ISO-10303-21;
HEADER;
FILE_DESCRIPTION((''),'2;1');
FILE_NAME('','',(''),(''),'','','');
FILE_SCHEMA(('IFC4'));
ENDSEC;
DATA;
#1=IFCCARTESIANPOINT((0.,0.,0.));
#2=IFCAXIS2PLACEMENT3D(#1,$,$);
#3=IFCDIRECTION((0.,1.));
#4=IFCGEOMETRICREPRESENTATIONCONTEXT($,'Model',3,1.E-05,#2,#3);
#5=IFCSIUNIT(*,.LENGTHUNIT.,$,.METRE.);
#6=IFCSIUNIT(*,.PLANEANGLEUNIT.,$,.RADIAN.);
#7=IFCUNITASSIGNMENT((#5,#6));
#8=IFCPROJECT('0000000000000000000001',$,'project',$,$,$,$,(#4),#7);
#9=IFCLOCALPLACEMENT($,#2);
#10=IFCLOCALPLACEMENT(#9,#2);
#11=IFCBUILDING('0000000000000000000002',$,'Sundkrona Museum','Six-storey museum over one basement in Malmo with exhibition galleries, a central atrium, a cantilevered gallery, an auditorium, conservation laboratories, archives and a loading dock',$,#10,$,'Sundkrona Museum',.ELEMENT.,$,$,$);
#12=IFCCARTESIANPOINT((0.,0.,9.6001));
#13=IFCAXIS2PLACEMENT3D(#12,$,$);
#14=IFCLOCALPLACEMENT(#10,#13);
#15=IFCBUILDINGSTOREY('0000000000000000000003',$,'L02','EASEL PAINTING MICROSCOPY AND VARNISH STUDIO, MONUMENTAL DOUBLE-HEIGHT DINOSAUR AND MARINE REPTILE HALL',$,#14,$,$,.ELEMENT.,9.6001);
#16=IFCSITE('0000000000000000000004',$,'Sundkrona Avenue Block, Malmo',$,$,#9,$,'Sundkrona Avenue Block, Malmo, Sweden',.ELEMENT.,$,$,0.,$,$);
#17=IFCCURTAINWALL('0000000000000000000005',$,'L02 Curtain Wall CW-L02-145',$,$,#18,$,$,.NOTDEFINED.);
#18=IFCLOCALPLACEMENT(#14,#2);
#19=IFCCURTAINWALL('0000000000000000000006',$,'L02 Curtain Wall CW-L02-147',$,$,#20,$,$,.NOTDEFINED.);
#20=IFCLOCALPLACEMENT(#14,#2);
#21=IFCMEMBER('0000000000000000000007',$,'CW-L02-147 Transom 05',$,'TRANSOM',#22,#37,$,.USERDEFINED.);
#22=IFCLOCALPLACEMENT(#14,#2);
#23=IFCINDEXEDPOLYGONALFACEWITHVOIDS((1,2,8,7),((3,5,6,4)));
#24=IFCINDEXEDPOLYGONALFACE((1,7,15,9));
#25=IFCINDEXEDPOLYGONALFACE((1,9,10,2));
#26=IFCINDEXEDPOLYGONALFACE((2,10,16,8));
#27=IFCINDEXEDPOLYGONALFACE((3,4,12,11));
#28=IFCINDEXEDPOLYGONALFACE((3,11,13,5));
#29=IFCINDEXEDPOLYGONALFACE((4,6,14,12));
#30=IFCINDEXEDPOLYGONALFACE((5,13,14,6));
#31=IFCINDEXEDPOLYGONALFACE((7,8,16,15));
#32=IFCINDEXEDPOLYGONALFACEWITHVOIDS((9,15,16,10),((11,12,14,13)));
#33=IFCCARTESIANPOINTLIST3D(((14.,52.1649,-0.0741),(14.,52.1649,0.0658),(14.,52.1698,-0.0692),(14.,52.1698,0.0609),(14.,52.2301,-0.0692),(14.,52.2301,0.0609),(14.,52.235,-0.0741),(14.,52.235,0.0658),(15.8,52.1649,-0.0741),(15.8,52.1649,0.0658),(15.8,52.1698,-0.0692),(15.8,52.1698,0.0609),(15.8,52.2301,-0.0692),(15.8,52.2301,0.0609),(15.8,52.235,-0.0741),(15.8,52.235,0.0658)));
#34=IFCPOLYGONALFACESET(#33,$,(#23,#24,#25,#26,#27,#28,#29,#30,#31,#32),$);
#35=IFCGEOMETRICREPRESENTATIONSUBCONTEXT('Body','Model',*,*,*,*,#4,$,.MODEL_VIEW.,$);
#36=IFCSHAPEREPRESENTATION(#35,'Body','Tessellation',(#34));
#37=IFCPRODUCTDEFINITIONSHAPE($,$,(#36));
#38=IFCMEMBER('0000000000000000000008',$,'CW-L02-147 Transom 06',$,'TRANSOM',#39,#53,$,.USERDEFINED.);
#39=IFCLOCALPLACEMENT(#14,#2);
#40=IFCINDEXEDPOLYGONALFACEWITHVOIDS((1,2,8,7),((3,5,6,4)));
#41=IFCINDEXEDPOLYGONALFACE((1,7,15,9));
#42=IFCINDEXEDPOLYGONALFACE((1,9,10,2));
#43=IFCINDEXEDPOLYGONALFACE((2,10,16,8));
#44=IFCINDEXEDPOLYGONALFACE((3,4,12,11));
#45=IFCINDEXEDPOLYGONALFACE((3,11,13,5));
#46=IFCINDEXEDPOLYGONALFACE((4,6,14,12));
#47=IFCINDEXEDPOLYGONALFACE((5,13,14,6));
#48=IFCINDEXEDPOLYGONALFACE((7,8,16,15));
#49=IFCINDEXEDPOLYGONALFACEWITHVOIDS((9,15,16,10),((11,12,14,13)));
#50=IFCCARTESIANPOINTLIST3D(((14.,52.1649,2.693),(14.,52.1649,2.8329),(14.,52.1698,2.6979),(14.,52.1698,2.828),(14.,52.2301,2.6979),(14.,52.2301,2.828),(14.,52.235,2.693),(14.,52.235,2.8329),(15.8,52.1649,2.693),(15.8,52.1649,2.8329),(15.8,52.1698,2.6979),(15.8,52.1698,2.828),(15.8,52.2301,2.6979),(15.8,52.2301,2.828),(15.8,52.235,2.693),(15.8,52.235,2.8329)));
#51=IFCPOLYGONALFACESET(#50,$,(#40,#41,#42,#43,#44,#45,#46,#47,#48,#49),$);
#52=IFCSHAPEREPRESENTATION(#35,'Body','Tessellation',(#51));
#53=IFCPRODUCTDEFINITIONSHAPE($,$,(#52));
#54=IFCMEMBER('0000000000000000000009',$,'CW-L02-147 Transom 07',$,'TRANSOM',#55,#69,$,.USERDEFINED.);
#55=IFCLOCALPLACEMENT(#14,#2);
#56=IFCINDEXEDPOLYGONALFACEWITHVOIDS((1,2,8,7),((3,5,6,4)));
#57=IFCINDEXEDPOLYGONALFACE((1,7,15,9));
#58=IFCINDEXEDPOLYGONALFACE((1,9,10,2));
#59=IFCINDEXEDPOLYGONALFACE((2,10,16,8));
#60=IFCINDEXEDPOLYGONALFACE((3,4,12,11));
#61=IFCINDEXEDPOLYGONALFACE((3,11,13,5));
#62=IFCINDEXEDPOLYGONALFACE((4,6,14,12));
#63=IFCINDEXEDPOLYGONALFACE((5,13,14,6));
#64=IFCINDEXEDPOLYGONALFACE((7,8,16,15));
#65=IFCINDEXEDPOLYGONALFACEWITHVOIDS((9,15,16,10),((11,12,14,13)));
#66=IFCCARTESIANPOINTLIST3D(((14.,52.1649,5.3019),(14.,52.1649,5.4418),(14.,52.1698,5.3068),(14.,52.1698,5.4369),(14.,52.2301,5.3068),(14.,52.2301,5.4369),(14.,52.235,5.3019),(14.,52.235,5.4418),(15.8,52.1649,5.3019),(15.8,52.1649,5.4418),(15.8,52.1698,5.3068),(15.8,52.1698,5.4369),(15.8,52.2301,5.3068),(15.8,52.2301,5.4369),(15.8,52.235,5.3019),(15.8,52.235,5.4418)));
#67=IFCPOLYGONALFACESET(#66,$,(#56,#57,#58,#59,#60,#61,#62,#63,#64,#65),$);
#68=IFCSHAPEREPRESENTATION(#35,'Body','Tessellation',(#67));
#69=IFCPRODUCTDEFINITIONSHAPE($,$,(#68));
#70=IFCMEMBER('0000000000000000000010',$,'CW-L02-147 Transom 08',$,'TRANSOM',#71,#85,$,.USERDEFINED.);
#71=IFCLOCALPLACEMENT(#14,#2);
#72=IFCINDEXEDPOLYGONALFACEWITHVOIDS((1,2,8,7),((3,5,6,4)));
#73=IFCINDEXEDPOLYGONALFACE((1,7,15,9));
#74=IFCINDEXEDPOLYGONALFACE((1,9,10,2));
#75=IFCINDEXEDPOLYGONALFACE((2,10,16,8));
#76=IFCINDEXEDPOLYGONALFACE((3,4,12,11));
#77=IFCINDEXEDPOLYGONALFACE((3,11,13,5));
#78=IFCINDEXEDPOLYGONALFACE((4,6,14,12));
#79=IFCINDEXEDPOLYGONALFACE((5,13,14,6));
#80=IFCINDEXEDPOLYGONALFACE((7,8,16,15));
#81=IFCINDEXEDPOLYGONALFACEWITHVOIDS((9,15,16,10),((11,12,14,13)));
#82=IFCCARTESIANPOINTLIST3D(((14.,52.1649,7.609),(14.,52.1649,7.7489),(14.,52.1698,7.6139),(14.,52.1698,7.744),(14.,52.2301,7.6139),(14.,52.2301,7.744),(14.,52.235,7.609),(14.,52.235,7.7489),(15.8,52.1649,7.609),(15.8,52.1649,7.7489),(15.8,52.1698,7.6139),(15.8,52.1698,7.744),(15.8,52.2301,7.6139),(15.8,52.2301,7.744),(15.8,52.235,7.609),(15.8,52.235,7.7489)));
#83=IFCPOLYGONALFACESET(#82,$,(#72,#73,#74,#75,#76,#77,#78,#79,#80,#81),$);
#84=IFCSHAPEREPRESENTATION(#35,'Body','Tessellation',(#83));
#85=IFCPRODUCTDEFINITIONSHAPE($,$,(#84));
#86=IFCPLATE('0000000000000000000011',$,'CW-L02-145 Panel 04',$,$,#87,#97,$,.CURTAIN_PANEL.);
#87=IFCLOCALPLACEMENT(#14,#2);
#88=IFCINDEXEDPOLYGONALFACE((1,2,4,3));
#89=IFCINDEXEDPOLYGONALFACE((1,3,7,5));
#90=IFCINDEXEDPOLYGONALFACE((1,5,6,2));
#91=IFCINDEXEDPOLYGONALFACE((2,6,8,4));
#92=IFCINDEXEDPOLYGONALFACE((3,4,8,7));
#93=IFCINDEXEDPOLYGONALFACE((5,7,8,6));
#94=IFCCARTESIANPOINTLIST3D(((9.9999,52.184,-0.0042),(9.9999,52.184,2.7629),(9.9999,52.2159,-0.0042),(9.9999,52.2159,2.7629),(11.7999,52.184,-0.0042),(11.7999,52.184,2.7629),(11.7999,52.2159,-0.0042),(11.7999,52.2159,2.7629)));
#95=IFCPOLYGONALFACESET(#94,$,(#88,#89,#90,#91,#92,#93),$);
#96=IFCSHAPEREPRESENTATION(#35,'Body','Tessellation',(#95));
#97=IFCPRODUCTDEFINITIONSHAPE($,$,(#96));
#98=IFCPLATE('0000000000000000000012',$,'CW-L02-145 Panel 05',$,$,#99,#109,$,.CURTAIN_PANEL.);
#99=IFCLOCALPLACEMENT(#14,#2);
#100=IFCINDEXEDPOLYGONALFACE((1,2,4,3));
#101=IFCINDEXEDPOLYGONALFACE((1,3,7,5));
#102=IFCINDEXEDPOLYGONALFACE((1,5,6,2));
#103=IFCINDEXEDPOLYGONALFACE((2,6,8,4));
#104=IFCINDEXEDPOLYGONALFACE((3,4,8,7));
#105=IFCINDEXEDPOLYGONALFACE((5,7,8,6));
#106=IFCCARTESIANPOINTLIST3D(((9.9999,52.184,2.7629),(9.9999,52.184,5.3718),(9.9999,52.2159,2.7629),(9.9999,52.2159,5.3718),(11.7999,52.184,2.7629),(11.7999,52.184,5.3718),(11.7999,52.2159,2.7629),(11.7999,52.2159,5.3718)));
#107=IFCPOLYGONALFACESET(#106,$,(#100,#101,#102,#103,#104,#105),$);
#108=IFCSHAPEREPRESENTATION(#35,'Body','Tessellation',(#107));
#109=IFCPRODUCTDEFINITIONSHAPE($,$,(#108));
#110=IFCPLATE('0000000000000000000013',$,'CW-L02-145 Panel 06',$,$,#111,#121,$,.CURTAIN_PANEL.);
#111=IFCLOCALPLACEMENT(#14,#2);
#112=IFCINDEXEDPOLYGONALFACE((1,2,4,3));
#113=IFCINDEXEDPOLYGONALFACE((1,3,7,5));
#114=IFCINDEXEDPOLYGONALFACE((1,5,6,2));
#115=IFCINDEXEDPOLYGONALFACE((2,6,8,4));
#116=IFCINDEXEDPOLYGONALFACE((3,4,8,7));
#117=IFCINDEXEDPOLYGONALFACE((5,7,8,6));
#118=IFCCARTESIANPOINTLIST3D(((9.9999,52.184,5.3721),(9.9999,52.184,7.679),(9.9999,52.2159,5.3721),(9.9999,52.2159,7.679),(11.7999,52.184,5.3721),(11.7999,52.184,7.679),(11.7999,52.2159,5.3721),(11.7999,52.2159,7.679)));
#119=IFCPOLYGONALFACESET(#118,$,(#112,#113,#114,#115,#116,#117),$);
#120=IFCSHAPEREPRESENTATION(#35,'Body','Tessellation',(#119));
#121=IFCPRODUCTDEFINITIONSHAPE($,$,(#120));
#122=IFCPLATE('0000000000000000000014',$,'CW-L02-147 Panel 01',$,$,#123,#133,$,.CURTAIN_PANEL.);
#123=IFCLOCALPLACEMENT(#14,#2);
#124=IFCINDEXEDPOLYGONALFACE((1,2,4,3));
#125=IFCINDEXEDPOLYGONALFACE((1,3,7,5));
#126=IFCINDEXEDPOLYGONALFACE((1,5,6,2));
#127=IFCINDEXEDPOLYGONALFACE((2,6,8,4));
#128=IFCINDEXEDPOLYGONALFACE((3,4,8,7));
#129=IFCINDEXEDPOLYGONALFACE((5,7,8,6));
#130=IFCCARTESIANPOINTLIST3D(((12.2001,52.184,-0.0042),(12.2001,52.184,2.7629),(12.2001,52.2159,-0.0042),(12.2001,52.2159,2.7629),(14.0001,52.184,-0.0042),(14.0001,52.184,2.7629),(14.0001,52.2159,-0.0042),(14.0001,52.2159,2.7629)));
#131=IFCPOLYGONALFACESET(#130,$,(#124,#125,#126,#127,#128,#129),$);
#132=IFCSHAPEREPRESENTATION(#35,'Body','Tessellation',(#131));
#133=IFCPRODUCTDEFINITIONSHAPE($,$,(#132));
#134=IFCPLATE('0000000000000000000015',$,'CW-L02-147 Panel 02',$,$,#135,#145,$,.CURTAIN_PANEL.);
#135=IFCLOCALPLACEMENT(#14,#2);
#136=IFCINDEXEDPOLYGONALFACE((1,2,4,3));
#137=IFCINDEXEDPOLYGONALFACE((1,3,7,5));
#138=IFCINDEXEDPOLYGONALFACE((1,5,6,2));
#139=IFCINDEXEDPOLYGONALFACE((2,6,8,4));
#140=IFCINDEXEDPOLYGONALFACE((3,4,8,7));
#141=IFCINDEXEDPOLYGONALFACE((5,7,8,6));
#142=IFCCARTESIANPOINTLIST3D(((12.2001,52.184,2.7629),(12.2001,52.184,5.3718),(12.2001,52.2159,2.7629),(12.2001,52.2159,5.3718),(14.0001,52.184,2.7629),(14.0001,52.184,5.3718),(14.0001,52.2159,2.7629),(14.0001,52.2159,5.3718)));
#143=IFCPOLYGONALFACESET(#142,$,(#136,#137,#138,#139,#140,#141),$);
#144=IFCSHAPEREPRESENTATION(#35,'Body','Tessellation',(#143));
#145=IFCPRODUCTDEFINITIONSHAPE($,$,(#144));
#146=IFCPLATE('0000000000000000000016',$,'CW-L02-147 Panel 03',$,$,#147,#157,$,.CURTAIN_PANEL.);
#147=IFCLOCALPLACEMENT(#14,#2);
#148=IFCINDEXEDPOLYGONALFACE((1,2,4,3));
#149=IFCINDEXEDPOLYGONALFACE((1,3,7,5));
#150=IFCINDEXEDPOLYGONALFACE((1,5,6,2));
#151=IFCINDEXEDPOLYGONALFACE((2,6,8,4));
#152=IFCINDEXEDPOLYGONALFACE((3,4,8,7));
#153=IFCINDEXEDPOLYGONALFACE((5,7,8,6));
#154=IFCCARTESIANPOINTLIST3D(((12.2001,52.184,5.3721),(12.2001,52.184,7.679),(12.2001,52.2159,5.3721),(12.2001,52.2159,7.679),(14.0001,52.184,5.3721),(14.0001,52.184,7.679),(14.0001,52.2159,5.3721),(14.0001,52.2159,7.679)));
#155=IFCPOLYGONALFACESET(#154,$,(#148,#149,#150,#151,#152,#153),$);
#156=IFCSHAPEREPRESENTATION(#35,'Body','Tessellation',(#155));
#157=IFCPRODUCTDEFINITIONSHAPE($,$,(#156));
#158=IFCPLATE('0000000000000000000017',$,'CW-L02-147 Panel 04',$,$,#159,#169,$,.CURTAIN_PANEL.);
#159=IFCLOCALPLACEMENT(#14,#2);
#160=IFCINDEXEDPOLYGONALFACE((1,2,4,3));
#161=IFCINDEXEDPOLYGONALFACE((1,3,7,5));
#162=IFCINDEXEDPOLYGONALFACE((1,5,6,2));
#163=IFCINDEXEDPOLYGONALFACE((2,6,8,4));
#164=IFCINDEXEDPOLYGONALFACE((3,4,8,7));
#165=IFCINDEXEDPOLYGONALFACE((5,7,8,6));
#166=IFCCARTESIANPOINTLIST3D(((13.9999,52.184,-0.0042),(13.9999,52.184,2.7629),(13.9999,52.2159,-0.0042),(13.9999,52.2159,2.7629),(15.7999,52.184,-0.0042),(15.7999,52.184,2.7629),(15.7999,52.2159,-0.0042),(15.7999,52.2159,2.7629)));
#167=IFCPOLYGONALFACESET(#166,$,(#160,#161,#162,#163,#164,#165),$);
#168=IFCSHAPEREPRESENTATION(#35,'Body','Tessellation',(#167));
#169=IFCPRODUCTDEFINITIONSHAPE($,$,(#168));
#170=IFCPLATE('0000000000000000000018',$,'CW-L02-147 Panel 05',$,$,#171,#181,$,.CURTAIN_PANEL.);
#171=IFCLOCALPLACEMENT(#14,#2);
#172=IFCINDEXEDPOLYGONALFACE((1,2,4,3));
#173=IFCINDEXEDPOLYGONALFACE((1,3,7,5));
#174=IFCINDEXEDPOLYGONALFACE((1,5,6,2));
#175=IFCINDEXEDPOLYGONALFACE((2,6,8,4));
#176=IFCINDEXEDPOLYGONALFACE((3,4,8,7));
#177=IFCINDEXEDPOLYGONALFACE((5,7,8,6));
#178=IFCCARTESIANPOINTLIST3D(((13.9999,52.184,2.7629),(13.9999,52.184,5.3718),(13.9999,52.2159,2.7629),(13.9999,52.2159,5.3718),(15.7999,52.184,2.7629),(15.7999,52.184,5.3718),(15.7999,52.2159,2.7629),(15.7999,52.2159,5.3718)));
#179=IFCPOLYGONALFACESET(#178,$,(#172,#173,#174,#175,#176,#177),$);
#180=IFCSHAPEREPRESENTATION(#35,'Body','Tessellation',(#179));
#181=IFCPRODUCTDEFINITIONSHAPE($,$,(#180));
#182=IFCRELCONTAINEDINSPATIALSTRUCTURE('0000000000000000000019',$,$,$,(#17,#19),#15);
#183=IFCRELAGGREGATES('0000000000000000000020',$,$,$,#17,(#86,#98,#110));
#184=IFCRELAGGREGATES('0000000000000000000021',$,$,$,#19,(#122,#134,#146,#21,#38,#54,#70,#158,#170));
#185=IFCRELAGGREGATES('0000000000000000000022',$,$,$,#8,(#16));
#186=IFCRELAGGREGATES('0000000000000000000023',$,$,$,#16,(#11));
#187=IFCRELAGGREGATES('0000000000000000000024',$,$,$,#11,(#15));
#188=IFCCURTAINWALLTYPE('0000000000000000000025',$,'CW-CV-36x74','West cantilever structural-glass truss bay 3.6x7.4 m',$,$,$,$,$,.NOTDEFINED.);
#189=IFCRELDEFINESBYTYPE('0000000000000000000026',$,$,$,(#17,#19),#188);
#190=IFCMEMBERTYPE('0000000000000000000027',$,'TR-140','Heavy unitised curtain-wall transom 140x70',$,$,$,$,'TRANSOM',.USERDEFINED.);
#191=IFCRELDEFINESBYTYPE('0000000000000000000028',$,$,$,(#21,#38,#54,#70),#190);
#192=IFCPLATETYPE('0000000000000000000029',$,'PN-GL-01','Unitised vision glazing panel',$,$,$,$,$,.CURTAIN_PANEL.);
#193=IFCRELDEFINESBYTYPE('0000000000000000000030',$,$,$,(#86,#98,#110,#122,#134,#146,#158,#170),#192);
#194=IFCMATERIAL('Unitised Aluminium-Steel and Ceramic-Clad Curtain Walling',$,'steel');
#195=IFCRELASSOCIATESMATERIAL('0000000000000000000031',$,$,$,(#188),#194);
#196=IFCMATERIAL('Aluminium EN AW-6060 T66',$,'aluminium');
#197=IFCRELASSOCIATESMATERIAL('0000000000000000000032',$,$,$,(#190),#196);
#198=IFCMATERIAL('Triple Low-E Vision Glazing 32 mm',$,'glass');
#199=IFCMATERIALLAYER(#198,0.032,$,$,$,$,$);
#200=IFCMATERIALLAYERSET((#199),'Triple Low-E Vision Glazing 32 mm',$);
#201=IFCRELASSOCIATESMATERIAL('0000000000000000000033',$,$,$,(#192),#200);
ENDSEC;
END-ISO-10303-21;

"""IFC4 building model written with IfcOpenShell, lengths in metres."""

from ifc_helpers import new_model, si_unit, direction, frame, origin, origin_2d, place, context, subcontext, project, spatial, rectangle, hollow_rectangle, extrude, material, layer, layer_set, material_profile, profile_set, type_object, element, aggregate, save


model = new_model("IFC4")

# Units and contexts
model_context = context("Model", 3, precision=1e-05, world=origin(), true_north=direction((0.0, 1.0)))
body_context = subcontext(model_context, "Body", "Model", "MODEL_VIEW")
ifc_project = project(units=[si_unit("LENGTHUNIT", "METRE"), si_unit("PLANEANGLEUNIT", "RADIAN")], contexts=[model_context])

# Site, building, storey
site_placement = place(None, origin())
site = spatial("IfcSite", under=ifc_project, at=site_placement, Name="Sundkrona Avenue Block, Malmo", LongName="Sundkrona Avenue Block, Malmo, Sweden", CompositionType="ELEMENT", RefElevation=0.0)
building_placement = place(site_placement, origin())
building = spatial("IfcBuilding", under=site, at=building_placement, Name="Sundkrona Museum", Description="Six-storey museum over one basement in Malmo with exhibition galleries, a central atrium, a cantilevered gallery, an auditorium, conservation laboratories, archives and a loading dock", LongName="Sundkrona Museum", CompositionType="ELEMENT")
storey_placement = place(building_placement, frame((0.0, 0.0, 9.6001)))
storey = spatial("IfcBuildingStorey", under=building, at=storey_placement, Name="L02", Description="EASEL PAINTING MICROSCOPY AND VARNISH STUDIO, MONUMENTAL DOUBLE-HEIGHT DINOSAUR AND MARINE REPTILE HALL", CompositionType="ELEMENT", Elevation=9.6001)

# Curtain wall
ifc_material_1 = material(Name="Unitised Aluminium-Steel and Ceramic-Clad Curtain Walling", Category="steel")
curtain_wall_type = type_object("IfcCurtainWallType", Name="CW-CV-36x74", Description="West cantilever structural-glass truss bay 3.6x7.4 m", PredefinedType="NOTDEFINED", material=ifc_material_1)
curtain_wall_1_placement = place(storey_placement, origin())
curtain_wall_1 = element("IfcCurtainWall", 1, at=curtain_wall_1_placement, inside=storey, type_object=curtain_wall_type, Name="L02 Curtain Wall CW-L02-145", PredefinedType="NOTDEFINED")
ifc_material_2 = material(Name="Aluminium EN AW-6060 T66", Category="aluminium")

# Curtain wall
curtain_wall_2_placement = place(storey_placement, origin())
curtain_wall_2 = element("IfcCurtainWall", 2, at=curtain_wall_2_placement, inside=storey, type_object=curtain_wall_type, Name="L02 Curtain Wall CW-L02-147", PredefinedType="NOTDEFINED")

# Members
ifc_material_profile_1 = material_profile(ifc_material_2, hollow_rectangle(XDim=0.0701, YDim=0.1399, WallThickness=0.0049, at=origin_2d()), Name="RHS 140x70x5.0")
ifc_profile_set_1 = profile_set([ifc_material_profile_1], Name="Aluminium EN AW-6060 T66")
member_type_1 = type_object("IfcMemberType", Name="TR-140", Description="Heavy unitised curtain-wall transom 140x70", ElementType="TRANSOM", PredefinedType="USERDEFINED", material=ifc_profile_set_1)
member_1_placement = place(storey_placement, frame((14.0, 52.2, -0.0042), z_axis=(1.0, 0.0, 0.0), x_axis=(0.0, 1.0, 0.0)))
member_1 = element("IfcMember", 3, at=member_1_placement, type_object=member_type_1, Name="CW-L02-147 Transom 05", ObjectType="TRANSOM", PredefinedType="USERDEFINED", context=body_context, shape_type="SweptSolid", body=[
    extrude(hollow_rectangle(XDim=0.0701, YDim=0.1399, WallThickness=0.0049, at=origin_2d()), origin(), (0.0, 0.0, 1.0), 1.8),
])
member_2_placement = place(storey_placement, frame((14.0, 52.2, 2.7629), z_axis=(1.0, 0.0, 0.0), x_axis=(0.0, 1.0, 0.0)))
member_2 = element("IfcMember", 4, at=member_2_placement, type_object=member_type_1, Name="CW-L02-147 Transom 06", ObjectType="TRANSOM", PredefinedType="USERDEFINED", context=body_context, shape_type="SweptSolid", body=[
    extrude(hollow_rectangle(XDim=0.0701, YDim=0.1399, WallThickness=0.0049, at=origin_2d()), origin(), (0.0, 0.0, 1.0), 1.8),
])
member_3_placement = place(storey_placement, frame((14.0, 52.2, 5.3718), z_axis=(1.0, 0.0, 0.0), x_axis=(0.0, 1.0, 0.0)))
member_3 = element("IfcMember", 5, at=member_3_placement, type_object=member_type_1, Name="CW-L02-147 Transom 07", ObjectType="TRANSOM", PredefinedType="USERDEFINED", context=body_context, shape_type="SweptSolid", body=[
    extrude(hollow_rectangle(XDim=0.0701, YDim=0.1399, WallThickness=0.0049, at=origin_2d()), origin(), (0.0, 0.0, 1.0), 1.8),
])
member_4_placement = place(storey_placement, frame((14.0, 52.2, 7.679), z_axis=(1.0, 0.0, 0.0), x_axis=(0.0, 1.0, 0.0)))
member_4 = element("IfcMember", 6, at=member_4_placement, type_object=member_type_1, Name="CW-L02-147 Transom 08", ObjectType="TRANSOM", PredefinedType="USERDEFINED", context=body_context, shape_type="SweptSolid", body=[
    extrude(hollow_rectangle(XDim=0.0701, YDim=0.1399, WallThickness=0.0049, at=origin_2d()), origin(), (0.0, 0.0, 1.0), 1.8),
])

# Plates
ifc_material_3 = material(Name="Triple Low-E Vision Glazing 32 mm", Category="glass")
ifc_layer = layer(ifc_material_3, 0.032)
ifc_layer_set = layer_set([ifc_layer], Name="Triple Low-E Vision Glazing 32 mm")
plate_type = type_object("IfcPlateType", Name="PN-GL-01", Description="Unitised vision glazing panel", PredefinedType="CURTAIN_PANEL", material=ifc_layer_set)
plate_1_placement = place(storey_placement, frame((10.8999, 52.2, -0.0042), z_axis=(0.0, 0.0, 1.0), x_axis=(1.0, 0.0, 0.0)))
plate_1 = element("IfcPlate", 7, at=plate_1_placement, type_object=plate_type, Name="CW-L02-145 Panel 04", PredefinedType="CURTAIN_PANEL", context=body_context, shape_type="SweptSolid", body=[
    extrude(rectangle(XDim=1.8, YDim=0.032, at=origin_2d()), origin(), (0.0, 0.0, 1.0), 2.7671),
])
plate_2_placement = place(storey_placement, frame((10.8999, 52.2, 2.7629), z_axis=(0.0, 0.0, 1.0), x_axis=(1.0, 0.0, 0.0)))
plate_2 = element("IfcPlate", 8, at=plate_2_placement, type_object=plate_type, Name="CW-L02-145 Panel 05", PredefinedType="CURTAIN_PANEL", context=body_context, shape_type="SweptSolid", body=[
    extrude(rectangle(XDim=1.8, YDim=0.032, at=origin_2d()), origin(), (0.0, 0.0, 1.0), 2.6089),
])
plate_3_placement = place(storey_placement, frame((10.8999, 52.2, 5.3721), z_axis=(0.0, 0.0, 1.0), x_axis=(1.0, 0.0, 0.0)))
plate_3 = element("IfcPlate", 9, at=plate_3_placement, type_object=plate_type, Name="CW-L02-145 Panel 06", PredefinedType="CURTAIN_PANEL", context=body_context, shape_type="SweptSolid", body=[
    extrude(rectangle(XDim=1.8, YDim=0.032, at=origin_2d()), origin(), (0.0, 0.0, 1.0), 2.3069),
])
aggregate(curtain_wall_1, [plate_1, plate_2, plate_3])
plate_4_placement = place(storey_placement, frame((13.1001, 52.2, -0.0042), z_axis=(0.0, 0.0, 1.0), x_axis=(1.0, 0.0, 0.0)))
plate_4 = element("IfcPlate", 10, at=plate_4_placement, type_object=plate_type, Name="CW-L02-147 Panel 01", PredefinedType="CURTAIN_PANEL", context=body_context, shape_type="SweptSolid", body=[
    extrude(rectangle(XDim=1.8, YDim=0.032, at=origin_2d()), origin(), (0.0, 0.0, 1.0), 2.7671),
])
plate_5_placement = place(storey_placement, frame((13.1001, 52.2, 2.7629), z_axis=(0.0, 0.0, 1.0), x_axis=(1.0, 0.0, 0.0)))
plate_5 = element("IfcPlate", 11, at=plate_5_placement, type_object=plate_type, Name="CW-L02-147 Panel 02", PredefinedType="CURTAIN_PANEL", context=body_context, shape_type="SweptSolid", body=[
    extrude(rectangle(XDim=1.8, YDim=0.032, at=origin_2d()), origin(), (0.0, 0.0, 1.0), 2.6089),
])
plate_6_placement = place(storey_placement, frame((13.1001, 52.2, 5.3721), z_axis=(0.0, 0.0, 1.0), x_axis=(1.0, 0.0, 0.0)))
plate_6 = element("IfcPlate", 12, at=plate_6_placement, type_object=plate_type, Name="CW-L02-147 Panel 03", PredefinedType="CURTAIN_PANEL", context=body_context, shape_type="SweptSolid", body=[
    extrude(rectangle(XDim=1.8, YDim=0.032, at=origin_2d()), origin(), (0.0, 0.0, 1.0), 2.3069),
])
plate_7_placement = place(storey_placement, frame((14.8999, 52.2, -0.0042), z_axis=(0.0, 0.0, 1.0), x_axis=(1.0, 0.0, 0.0)))
plate_7 = element("IfcPlate", 13, at=plate_7_placement, type_object=plate_type, Name="CW-L02-147 Panel 04", PredefinedType="CURTAIN_PANEL", context=body_context, shape_type="SweptSolid", body=[
    extrude(rectangle(XDim=1.8, YDim=0.032, at=origin_2d()), origin(), (0.0, 0.0, 1.0), 2.7671),
])
plate_8_placement = place(storey_placement, frame((14.8999, 52.2, 2.7629), z_axis=(0.0, 0.0, 1.0), x_axis=(1.0, 0.0, 0.0)))
plate_8 = element("IfcPlate", 14, at=plate_8_placement, type_object=plate_type, Name="CW-L02-147 Panel 05", PredefinedType="CURTAIN_PANEL", context=body_context, shape_type="SweptSolid", body=[
    extrude(rectangle(XDim=1.8, YDim=0.032, at=origin_2d()), origin(), (0.0, 0.0, 1.0), 2.6089),
])
aggregate(curtain_wall_2, [plate_4, plate_5, plate_6, member_1, member_2, member_3, member_4, plate_7, plate_8])

save(model, "model.ifc")
